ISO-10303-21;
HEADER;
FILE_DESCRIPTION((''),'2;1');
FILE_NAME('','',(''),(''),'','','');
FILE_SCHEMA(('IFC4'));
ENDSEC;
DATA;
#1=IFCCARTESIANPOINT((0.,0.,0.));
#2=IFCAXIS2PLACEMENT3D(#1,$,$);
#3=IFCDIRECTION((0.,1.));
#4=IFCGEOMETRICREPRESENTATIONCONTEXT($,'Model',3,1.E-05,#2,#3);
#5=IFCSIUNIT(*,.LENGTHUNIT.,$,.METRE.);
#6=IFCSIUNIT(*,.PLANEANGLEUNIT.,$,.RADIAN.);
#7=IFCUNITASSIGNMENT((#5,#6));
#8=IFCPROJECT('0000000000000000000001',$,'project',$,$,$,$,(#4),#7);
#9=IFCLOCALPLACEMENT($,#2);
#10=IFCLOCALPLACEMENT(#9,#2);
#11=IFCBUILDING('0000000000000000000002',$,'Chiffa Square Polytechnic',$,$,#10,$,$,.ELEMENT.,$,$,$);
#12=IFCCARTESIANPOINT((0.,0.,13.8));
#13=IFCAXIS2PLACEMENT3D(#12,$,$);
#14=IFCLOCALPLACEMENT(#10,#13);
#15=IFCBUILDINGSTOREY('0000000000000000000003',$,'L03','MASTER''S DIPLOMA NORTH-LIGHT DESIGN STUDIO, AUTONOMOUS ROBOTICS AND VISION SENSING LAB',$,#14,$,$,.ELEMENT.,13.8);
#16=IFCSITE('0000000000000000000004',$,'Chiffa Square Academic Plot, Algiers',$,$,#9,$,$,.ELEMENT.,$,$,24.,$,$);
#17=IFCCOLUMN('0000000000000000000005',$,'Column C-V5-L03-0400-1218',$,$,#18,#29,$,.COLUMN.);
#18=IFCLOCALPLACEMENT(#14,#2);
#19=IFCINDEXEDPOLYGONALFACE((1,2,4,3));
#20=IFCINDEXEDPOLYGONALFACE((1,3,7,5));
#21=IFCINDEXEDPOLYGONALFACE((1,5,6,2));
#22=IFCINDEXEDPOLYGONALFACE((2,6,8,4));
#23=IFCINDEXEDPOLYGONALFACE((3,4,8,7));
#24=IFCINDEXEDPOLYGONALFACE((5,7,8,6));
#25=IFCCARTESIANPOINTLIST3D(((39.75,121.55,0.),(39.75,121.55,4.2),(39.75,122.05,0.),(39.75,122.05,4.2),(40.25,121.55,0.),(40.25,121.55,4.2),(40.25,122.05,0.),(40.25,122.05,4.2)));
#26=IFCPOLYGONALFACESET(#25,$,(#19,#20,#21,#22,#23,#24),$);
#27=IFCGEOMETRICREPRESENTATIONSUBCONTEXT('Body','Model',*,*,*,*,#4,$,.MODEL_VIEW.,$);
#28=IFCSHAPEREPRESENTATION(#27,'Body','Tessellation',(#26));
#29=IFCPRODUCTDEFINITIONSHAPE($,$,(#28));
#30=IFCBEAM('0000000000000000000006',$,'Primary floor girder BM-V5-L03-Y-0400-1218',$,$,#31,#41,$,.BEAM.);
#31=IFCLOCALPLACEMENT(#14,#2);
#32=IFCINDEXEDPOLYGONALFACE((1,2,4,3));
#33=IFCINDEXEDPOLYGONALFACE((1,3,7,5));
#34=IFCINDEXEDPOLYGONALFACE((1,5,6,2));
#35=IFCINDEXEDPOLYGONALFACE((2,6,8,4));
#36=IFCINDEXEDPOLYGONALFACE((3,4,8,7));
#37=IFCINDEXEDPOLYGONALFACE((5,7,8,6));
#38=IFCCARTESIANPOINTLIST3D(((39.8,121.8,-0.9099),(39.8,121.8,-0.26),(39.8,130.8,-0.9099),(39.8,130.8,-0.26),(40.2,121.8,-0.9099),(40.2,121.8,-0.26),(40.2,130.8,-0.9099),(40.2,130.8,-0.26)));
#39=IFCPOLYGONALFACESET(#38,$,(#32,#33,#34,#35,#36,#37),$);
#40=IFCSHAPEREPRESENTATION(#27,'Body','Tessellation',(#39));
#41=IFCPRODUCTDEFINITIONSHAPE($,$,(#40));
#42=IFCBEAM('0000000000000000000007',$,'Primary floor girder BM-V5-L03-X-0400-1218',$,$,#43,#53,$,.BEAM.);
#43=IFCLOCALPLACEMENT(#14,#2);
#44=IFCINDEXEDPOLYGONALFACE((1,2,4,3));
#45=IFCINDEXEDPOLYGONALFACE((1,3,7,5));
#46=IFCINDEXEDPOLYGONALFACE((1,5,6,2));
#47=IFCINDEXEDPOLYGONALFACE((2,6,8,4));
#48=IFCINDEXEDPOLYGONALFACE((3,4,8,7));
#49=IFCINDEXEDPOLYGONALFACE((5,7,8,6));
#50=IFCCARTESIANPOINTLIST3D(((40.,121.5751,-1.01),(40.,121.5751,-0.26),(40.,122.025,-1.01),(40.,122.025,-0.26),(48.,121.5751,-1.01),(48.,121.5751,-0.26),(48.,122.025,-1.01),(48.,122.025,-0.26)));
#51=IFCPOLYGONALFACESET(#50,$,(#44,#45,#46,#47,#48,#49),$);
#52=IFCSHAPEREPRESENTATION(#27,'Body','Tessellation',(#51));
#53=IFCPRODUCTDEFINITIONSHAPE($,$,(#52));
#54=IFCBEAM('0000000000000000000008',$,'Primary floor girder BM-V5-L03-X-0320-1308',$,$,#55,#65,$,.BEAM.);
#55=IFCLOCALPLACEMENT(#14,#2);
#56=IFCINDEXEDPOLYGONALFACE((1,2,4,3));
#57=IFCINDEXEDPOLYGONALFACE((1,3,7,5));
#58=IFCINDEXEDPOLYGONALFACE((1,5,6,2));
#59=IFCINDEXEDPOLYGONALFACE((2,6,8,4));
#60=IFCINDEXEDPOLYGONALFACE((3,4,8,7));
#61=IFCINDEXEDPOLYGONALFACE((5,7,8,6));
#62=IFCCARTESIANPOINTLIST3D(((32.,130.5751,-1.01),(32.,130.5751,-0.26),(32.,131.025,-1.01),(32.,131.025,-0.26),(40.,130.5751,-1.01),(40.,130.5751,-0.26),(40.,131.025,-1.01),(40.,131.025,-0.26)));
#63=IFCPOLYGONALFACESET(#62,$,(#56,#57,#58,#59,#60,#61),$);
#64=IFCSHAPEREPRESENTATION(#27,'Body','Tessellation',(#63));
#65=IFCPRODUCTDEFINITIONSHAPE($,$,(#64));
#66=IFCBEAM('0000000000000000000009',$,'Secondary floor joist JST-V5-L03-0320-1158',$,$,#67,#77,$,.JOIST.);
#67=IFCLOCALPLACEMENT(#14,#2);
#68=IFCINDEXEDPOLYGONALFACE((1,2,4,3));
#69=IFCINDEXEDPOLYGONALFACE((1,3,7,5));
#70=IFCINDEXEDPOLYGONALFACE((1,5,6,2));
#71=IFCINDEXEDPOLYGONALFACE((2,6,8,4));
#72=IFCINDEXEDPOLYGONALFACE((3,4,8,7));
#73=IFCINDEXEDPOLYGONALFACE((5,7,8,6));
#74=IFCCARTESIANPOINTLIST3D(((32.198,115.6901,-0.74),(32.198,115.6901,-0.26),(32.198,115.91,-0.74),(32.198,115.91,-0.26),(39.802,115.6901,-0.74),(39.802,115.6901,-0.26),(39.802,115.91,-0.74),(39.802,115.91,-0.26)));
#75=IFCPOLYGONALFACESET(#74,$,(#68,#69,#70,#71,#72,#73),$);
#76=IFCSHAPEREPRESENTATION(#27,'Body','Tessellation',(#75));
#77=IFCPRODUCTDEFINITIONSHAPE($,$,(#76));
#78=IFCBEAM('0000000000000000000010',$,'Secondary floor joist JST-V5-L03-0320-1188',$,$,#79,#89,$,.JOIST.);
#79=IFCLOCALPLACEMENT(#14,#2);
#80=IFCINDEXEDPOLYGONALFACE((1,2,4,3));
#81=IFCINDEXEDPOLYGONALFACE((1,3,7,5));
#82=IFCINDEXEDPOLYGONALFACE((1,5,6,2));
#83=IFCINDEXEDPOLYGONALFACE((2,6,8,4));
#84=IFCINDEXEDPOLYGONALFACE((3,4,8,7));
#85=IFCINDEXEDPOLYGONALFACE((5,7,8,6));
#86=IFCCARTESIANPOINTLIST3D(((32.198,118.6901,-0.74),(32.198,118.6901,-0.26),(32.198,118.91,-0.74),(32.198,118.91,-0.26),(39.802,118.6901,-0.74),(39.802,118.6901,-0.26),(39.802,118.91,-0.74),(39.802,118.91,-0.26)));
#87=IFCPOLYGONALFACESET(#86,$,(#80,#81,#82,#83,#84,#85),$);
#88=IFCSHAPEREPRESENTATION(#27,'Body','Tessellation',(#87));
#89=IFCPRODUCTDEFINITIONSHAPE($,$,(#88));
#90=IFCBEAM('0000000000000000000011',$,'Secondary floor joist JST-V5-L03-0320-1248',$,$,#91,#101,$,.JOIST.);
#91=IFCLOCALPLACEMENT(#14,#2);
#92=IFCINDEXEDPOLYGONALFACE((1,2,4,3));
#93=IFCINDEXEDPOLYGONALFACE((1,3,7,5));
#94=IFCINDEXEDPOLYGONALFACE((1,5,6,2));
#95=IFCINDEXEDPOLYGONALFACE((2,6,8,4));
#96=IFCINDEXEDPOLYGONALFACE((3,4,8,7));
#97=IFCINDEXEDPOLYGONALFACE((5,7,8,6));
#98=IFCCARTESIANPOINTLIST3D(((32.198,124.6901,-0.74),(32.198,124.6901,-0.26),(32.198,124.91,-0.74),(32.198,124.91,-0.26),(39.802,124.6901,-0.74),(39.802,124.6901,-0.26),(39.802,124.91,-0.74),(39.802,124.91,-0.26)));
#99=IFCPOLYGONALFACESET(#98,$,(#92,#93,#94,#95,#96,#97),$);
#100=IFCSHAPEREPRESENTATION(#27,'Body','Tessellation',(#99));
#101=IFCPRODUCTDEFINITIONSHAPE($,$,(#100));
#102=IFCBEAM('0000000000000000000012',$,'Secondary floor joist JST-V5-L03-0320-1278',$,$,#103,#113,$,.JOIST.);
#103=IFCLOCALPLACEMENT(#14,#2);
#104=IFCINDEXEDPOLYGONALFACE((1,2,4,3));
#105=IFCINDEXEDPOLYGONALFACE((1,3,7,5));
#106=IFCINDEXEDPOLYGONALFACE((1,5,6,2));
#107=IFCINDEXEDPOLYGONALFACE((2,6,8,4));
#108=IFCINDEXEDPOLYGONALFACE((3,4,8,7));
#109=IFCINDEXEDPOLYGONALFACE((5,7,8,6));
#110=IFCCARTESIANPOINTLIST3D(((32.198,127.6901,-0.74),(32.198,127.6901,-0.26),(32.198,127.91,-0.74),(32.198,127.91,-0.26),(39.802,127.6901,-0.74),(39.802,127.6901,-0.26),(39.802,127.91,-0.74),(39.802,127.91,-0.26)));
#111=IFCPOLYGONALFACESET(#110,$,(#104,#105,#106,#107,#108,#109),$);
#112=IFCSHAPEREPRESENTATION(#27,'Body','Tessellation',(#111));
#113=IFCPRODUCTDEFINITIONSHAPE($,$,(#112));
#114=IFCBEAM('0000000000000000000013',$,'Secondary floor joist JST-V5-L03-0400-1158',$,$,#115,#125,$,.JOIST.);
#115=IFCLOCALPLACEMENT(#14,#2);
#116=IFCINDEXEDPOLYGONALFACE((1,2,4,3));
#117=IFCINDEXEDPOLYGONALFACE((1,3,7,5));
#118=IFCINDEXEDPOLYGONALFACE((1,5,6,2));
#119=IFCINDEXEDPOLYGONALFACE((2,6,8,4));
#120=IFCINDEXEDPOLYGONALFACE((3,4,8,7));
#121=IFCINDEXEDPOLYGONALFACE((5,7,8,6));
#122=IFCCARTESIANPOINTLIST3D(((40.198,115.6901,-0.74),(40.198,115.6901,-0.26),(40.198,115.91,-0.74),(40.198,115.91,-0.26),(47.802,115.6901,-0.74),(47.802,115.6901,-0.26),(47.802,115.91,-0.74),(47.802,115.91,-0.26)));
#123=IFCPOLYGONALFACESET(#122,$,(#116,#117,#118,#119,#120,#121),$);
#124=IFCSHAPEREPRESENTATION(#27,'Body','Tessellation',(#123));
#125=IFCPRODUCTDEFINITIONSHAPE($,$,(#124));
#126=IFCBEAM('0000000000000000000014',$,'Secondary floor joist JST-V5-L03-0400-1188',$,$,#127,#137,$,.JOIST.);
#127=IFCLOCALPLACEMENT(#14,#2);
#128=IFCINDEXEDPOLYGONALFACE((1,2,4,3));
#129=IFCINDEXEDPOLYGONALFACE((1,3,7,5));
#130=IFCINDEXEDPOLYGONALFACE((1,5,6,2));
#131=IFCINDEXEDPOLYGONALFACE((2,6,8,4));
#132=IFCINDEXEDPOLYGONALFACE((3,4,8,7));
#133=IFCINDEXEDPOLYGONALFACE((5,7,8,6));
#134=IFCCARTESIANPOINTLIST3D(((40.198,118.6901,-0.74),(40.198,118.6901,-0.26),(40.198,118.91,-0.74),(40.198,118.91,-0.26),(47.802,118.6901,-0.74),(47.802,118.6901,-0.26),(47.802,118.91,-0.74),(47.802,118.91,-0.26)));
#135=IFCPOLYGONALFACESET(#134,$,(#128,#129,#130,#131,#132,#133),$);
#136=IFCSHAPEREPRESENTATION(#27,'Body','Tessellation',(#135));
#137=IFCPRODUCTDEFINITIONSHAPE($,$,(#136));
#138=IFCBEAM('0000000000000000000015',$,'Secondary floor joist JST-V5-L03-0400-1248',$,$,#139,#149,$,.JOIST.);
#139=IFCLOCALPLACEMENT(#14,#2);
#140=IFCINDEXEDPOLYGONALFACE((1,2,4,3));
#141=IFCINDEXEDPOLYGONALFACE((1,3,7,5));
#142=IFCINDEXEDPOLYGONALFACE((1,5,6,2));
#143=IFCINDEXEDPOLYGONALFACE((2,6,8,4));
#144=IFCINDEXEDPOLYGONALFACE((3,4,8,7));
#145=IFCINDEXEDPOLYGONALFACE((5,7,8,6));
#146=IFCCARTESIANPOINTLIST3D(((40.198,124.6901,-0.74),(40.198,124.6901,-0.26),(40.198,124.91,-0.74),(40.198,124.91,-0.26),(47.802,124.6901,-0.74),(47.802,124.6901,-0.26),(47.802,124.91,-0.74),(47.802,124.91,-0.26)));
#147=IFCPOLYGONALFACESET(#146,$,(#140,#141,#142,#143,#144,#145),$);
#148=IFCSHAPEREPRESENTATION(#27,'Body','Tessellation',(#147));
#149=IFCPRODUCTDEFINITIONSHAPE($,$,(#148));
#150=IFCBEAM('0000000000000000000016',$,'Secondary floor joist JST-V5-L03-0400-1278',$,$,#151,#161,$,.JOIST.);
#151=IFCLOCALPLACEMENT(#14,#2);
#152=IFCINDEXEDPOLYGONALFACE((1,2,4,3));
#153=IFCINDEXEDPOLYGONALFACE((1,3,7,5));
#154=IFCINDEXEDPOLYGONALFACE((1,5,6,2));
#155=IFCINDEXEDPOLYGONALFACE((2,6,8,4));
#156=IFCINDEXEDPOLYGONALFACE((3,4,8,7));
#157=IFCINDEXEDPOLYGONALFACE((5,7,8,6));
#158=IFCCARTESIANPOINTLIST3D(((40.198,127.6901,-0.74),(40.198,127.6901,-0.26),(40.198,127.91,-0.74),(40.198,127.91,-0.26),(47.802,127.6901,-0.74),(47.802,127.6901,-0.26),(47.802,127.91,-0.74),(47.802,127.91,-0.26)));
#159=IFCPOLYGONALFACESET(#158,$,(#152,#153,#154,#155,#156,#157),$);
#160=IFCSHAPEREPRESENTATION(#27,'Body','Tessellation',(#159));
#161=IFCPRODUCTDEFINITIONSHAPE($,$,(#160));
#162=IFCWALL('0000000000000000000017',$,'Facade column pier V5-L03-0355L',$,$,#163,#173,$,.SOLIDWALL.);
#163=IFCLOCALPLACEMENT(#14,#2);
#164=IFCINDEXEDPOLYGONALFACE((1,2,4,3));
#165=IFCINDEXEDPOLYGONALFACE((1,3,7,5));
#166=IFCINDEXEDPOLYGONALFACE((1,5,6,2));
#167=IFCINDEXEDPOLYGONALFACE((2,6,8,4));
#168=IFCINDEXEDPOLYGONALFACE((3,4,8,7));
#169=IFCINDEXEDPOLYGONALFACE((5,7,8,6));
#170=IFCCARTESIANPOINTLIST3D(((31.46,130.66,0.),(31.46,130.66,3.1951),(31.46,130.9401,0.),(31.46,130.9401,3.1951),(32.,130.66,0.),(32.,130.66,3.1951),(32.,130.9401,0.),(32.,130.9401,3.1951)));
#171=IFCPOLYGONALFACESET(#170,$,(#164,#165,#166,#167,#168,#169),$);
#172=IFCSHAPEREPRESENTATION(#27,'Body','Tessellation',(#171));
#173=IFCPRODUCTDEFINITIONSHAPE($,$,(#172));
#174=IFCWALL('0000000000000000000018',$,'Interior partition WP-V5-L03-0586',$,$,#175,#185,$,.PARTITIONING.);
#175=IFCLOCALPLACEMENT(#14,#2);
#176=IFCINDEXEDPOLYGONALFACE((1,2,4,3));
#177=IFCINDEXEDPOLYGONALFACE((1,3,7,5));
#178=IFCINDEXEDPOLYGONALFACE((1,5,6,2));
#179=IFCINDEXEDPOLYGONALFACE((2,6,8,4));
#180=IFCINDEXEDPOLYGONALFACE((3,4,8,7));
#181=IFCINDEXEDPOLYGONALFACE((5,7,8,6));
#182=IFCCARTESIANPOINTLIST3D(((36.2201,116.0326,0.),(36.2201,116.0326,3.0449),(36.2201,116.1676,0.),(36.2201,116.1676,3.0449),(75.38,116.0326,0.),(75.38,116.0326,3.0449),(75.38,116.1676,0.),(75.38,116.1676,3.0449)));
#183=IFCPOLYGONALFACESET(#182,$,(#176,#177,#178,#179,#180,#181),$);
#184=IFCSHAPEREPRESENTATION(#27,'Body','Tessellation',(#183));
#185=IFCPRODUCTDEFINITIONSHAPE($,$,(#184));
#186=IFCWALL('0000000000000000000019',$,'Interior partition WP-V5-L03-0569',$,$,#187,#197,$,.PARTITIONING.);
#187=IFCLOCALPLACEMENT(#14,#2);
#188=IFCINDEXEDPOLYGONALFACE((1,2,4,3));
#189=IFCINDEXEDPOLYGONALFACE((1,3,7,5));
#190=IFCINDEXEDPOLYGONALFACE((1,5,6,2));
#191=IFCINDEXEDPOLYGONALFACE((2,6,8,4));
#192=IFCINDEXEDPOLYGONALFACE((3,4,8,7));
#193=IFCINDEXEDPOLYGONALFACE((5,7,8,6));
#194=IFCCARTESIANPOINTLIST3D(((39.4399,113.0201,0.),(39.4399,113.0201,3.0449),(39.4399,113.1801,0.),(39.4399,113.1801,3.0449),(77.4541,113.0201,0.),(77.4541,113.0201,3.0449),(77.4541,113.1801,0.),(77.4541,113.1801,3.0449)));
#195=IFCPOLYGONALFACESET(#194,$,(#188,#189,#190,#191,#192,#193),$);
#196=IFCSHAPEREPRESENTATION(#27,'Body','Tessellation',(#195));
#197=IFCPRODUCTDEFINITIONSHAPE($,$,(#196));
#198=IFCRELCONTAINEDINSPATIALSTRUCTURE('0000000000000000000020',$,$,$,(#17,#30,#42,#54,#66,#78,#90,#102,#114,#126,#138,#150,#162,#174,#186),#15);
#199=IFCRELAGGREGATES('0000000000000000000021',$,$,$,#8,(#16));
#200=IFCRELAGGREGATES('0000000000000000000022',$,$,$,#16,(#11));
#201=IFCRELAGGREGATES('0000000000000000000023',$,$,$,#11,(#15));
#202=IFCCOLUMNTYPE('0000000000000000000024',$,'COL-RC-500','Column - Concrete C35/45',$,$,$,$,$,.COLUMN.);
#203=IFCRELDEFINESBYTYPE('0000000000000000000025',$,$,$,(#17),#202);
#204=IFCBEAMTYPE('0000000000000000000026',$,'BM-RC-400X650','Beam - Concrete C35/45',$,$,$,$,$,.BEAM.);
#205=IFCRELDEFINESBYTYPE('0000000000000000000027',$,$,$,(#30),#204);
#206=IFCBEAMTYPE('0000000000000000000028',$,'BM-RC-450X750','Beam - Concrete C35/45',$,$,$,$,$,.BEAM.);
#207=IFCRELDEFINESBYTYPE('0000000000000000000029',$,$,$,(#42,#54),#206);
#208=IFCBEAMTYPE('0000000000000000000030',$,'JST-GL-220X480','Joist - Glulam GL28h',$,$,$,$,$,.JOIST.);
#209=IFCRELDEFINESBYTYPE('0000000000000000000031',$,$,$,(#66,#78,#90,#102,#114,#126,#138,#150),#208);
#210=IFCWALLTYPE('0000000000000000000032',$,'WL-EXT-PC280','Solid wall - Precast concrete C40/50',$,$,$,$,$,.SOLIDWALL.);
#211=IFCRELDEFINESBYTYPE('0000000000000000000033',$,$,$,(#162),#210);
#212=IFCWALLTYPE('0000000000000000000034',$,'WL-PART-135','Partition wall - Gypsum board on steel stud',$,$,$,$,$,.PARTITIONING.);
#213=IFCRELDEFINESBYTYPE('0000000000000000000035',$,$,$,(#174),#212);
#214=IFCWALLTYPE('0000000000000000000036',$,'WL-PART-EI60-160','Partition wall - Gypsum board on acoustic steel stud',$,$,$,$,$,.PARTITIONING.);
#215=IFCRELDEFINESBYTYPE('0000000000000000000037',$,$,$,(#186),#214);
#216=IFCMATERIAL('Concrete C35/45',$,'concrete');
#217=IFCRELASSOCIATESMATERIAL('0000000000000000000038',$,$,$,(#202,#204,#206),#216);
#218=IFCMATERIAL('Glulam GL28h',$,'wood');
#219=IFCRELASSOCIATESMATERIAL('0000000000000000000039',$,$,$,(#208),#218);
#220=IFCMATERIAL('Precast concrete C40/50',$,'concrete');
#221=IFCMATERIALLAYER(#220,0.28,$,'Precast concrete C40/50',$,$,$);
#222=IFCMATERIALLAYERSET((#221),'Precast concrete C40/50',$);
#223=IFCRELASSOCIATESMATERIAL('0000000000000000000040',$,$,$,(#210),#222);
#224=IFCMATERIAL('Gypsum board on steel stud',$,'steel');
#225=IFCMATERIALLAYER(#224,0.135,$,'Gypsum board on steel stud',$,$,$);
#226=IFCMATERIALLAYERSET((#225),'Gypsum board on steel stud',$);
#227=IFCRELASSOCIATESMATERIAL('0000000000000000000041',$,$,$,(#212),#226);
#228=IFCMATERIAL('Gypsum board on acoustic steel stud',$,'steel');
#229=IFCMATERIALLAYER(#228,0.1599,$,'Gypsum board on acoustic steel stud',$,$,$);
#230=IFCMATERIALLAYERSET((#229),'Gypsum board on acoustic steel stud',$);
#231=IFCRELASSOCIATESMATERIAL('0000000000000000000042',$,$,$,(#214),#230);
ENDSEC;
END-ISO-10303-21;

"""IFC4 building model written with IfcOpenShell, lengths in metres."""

from ifc_helpers import new_model, si_unit, direction, frame, frame_2d, origin, origin_2d, place, context, subcontext, project, spatial, rectangle, extrude, material, layer, layer_set, material_profile, profile_set, type_object, element, save


model = new_model("IFC4")

# Units and contexts
model_context = context("Model", 3, precision=1e-05, world=origin(), true_north=direction((0.0, 1.0)))
body_context = subcontext(model_context, "Body", "Model", "MODEL_VIEW")
ifc_project = project(units=[si_unit("LENGTHUNIT", "METRE"), si_unit("PLANEANGLEUNIT", "RADIAN")], contexts=[model_context])

# Site, building, storey
site_placement = place(None, origin())
site = spatial("IfcSite", under=ifc_project, at=site_placement, Name="Chiffa Square Academic Plot, Algiers", CompositionType="ELEMENT", RefElevation=24.0)
building_placement = place(site_placement, origin())
building = spatial("IfcBuilding", under=site, at=building_placement, Name="Chiffa Square Polytechnic", CompositionType="ELEMENT")
storey_placement = place(building_placement, frame((0.0, 0.0, 13.8)))
storey = spatial("IfcBuildingStorey", under=building, at=storey_placement, Name="L03", Description="MASTER'S DIPLOMA NORTH-LIGHT DESIGN STUDIO, AUTONOMOUS ROBOTICS AND VISION SENSING LAB", CompositionType="ELEMENT", Elevation=13.8)

# Column
ifc_material_1 = material(Name="Concrete C35/45", Category="concrete")
ifc_material_profile_1 = material_profile(ifc_material_1, rectangle(XDim=0.5, YDim=0.5, at=origin_2d()), Name="RC 500x500")
ifc_profile_set_1 = profile_set([ifc_material_profile_1], Name="Concrete C35/45")
column_type = type_object("IfcColumnType", Name="COL-RC-500", Description="Column - Concrete C35/45", PredefinedType="COLUMN", material=ifc_profile_set_1)
column_placement = place(storey_placement, frame((40.0, 121.8, 0.0), z_axis=(0.0, 0.0, 1.0), x_axis=(1.0, 0.0, 0.0)))
element("IfcColumn", 1, at=column_placement, inside=storey, type_object=column_type, Name="Column C-V5-L03-0400-1218", PredefinedType="COLUMN", context=body_context, shape_type="SweptSolid", body=[
    extrude(rectangle(XDim=0.5, YDim=0.5, at=origin_2d()), origin(), (0.0, 0.0, 1.0), 4.2),
])

# Beams
ifc_material_profile_2 = material_profile(ifc_material_1, rectangle(XDim=0.3999, YDim=0.6499, at=origin_2d()), Name="RC 400x650")
ifc_profile_set_2 = profile_set([ifc_material_profile_2], Name="Concrete C35/45")
beam_type_1 = type_object("IfcBeamType", Name="BM-RC-400X650", Description="Beam - Concrete C35/45", PredefinedType="BEAM", material=ifc_profile_set_2)
beam_placement = place(storey_placement, frame((40.0, 121.8, -0.585), z_axis=(0.0, 1.0, 0.0), x_axis=(-1.0, 0.0, 0.0)))
element("IfcBeam", 2, at=beam_placement, inside=storey, type_object=beam_type_1, Name="Primary floor girder BM-V5-L03-Y-0400-1218", PredefinedType="BEAM", context=body_context, shape_type="SweptSolid", body=[
    extrude(rectangle(XDim=0.3999, YDim=0.6499, at=origin_2d()), origin(), (0.0, 0.0, 1.0), 9.0),
])
ifc_material_profile_3 = material_profile(ifc_material_1, rectangle(XDim=0.45, YDim=0.75, at=origin_2d()), Name="RC 450x750")
ifc_profile_set_3 = profile_set([ifc_material_profile_3], Name="Concrete C35/45")
beam_type_2 = type_object("IfcBeamType", Name="BM-RC-450X750", Description="Beam - Concrete C35/45", PredefinedType="BEAM", material=ifc_profile_set_3)
for number, where, z_axis, x_axis, name in (
    (3, (40.0, 121.8, -0.635), (1.0, 0.0, 0.0), (0.0, 1.0, 0.0), "Primary floor girder BM-V5-L03-X-0400-1218"),
    (4, (32.0, 130.8, -0.635), (1.0, 0.0, 0.0), (0.0, 1.0, 0.0), "Primary floor girder BM-V5-L03-X-0320-1308"),
):
    element("IfcBeam", number, at=place(storey_placement, frame(where, z_axis=z_axis, x_axis=x_axis)), inside=storey, type_object=beam_type_2, Name=name, PredefinedType="BEAM", context=body_context, shape_type="SweptSolid", body=[
        extrude(rectangle(XDim=0.45, YDim=0.75, at=origin_2d()), origin(), (0.0, 0.0, 1.0), 8.0),
    ])
ifc_material_2 = material(Name="Glulam GL28h", Category="wood")
ifc_material_profile_4 = material_profile(ifc_material_2, rectangle(XDim=0.22, YDim=0.48, at=origin_2d()), Name="GL28h 220x480")
ifc_profile_set_4 = profile_set([ifc_material_profile_4], Name="Glulam GL28h")
beam_type_3 = type_object("IfcBeamType", Name="JST-GL-220X480", Description="Joist - Glulam GL28h", PredefinedType="JOIST", material=ifc_profile_set_4)
for number, where, z_axis, x_axis, name in (
    (5, (32.198, 115.8, -0.5), (1.0, 0.0, 0.0), (0.0, 1.0, 0.0), "Secondary floor joist JST-V5-L03-0320-1158"),
    (6, (32.198, 118.8, -0.5), (1.0, 0.0, 0.0), (0.0, 1.0, 0.0), "Secondary floor joist JST-V5-L03-0320-1188"),
    (7, (32.198, 124.8, -0.5), (1.0, 0.0, 0.0), (0.0, 1.0, 0.0), "Secondary floor joist JST-V5-L03-0320-1248"),
    (8, (32.198, 127.8, -0.5), (1.0, 0.0, 0.0), (0.0, 1.0, 0.0), "Secondary floor joist JST-V5-L03-0320-1278"),
    (9, (40.198, 115.8, -0.5), (1.0, 0.0, 0.0), (0.0, 1.0, 0.0), "Secondary floor joist JST-V5-L03-0400-1158"),
    (10, (40.198, 118.8, -0.5), (1.0, 0.0, 0.0), (0.0, 1.0, 0.0), "Secondary floor joist JST-V5-L03-0400-1188"),
    (11, (40.198, 124.8, -0.5), (1.0, 0.0, 0.0), (0.0, 1.0, 0.0), "Secondary floor joist JST-V5-L03-0400-1248"),
    (12, (40.198, 127.8, -0.5), (1.0, 0.0, 0.0), (0.0, 1.0, 0.0), "Secondary floor joist JST-V5-L03-0400-1278"),
):
    element("IfcBeam", number, at=place(storey_placement, frame(where, z_axis=z_axis, x_axis=x_axis)), inside=storey, type_object=beam_type_3, Name=name, PredefinedType="JOIST", context=body_context, shape_type="SweptSolid", body=[
        extrude(rectangle(XDim=0.22, YDim=0.48, at=origin_2d()), origin(), (0.0, 0.0, 1.0), 7.604),
    ])

# Walls
ifc_material_3 = material(Name="Precast concrete C40/50", Category="concrete")
ifc_layer_1 = layer(ifc_material_3, 0.28, Name="Precast concrete C40/50")
ifc_layer_set_1 = layer_set([ifc_layer_1], Name="Precast concrete C40/50")
wall_type_1 = type_object("IfcWallType", Name="WL-EXT-PC280", Description="Solid wall - Precast concrete C40/50", PredefinedType="SOLIDWALL", material=ifc_layer_set_1)
wall_1_placement = place(storey_placement, frame((32.0, 130.8, 0.0), z_axis=(0.0, 0.0, 1.0), x_axis=(-1.0, 0.0, 0.0)))
element("IfcWall", 13, at=wall_1_placement, inside=storey, type_object=wall_type_1, Name="Facade column pier V5-L03-0355L", PredefinedType="SOLIDWALL", context=body_context, shape_type="SweptSolid", body=[
    extrude(rectangle(XDim=0.54, YDim=0.28, at=frame_2d((0.27, 0.0))), origin(), (0.0, 0.0, 1.0), 3.1951),
])
ifc_material_4 = material(Name="Gypsum board on steel stud", Category="steel")
ifc_layer_2 = layer(ifc_material_4, 0.135, Name="Gypsum board on steel stud")
ifc_layer_set_2 = layer_set([ifc_layer_2], Name="Gypsum board on steel stud")
wall_type_2 = type_object("IfcWallType", Name="WL-PART-135", Description="Partition wall - Gypsum board on steel stud", PredefinedType="PARTITIONING", material=ifc_layer_set_2)
wall_2_placement = place(storey_placement, frame((36.22, 116.1001, 0.0), z_axis=(0.0, 0.0, 1.0), x_axis=(1.0, 0.0, 0.0)))
element("IfcWall", 14, at=wall_2_placement, inside=storey, type_object=wall_type_2, Name="Interior partition WP-V5-L03-0586", PredefinedType="PARTITIONING", context=body_context, shape_type="SweptSolid", body=[
    extrude(rectangle(XDim=39.1599, YDim=0.135, at=frame_2d((19.5801, 0.0))), origin(), (0.0, 0.0, 1.0), 3.0449),
])

# Shared definitions
ifc_material_5 = material(Name="Gypsum board on acoustic steel stud", Category="steel")
ifc_layer_3 = layer(ifc_material_5, 0.1599, Name="Gypsum board on acoustic steel stud")
ifc_layer_set_3 = layer_set([ifc_layer_3], Name="Gypsum board on acoustic steel stud")
wall_type_3 = type_object("IfcWallType", Name="WL-PART-EI60-160", Description="Partition wall - Gypsum board on acoustic steel stud", PredefinedType="PARTITIONING", material=ifc_layer_set_3)

# Wall
wall_3_placement = place(storey_placement, frame((39.4399, 113.1001, 0.0), z_axis=(0.0, 0.0, 1.0), x_axis=(1.0, 0.0, 0.0)))
element("IfcWall", 15, at=wall_3_placement, inside=storey, type_object=wall_type_3, Name="Interior partition WP-V5-L03-0569", PredefinedType="PARTITIONING", context=body_context, shape_type="SweptSolid", body=[
    extrude(rectangle(XDim=38.0142, YDim=0.1599, at=frame_2d((19.0071, 0.0))), origin(), (0.0, 0.0, 1.0), 3.0449),
])

save(model, "model.ifc")
